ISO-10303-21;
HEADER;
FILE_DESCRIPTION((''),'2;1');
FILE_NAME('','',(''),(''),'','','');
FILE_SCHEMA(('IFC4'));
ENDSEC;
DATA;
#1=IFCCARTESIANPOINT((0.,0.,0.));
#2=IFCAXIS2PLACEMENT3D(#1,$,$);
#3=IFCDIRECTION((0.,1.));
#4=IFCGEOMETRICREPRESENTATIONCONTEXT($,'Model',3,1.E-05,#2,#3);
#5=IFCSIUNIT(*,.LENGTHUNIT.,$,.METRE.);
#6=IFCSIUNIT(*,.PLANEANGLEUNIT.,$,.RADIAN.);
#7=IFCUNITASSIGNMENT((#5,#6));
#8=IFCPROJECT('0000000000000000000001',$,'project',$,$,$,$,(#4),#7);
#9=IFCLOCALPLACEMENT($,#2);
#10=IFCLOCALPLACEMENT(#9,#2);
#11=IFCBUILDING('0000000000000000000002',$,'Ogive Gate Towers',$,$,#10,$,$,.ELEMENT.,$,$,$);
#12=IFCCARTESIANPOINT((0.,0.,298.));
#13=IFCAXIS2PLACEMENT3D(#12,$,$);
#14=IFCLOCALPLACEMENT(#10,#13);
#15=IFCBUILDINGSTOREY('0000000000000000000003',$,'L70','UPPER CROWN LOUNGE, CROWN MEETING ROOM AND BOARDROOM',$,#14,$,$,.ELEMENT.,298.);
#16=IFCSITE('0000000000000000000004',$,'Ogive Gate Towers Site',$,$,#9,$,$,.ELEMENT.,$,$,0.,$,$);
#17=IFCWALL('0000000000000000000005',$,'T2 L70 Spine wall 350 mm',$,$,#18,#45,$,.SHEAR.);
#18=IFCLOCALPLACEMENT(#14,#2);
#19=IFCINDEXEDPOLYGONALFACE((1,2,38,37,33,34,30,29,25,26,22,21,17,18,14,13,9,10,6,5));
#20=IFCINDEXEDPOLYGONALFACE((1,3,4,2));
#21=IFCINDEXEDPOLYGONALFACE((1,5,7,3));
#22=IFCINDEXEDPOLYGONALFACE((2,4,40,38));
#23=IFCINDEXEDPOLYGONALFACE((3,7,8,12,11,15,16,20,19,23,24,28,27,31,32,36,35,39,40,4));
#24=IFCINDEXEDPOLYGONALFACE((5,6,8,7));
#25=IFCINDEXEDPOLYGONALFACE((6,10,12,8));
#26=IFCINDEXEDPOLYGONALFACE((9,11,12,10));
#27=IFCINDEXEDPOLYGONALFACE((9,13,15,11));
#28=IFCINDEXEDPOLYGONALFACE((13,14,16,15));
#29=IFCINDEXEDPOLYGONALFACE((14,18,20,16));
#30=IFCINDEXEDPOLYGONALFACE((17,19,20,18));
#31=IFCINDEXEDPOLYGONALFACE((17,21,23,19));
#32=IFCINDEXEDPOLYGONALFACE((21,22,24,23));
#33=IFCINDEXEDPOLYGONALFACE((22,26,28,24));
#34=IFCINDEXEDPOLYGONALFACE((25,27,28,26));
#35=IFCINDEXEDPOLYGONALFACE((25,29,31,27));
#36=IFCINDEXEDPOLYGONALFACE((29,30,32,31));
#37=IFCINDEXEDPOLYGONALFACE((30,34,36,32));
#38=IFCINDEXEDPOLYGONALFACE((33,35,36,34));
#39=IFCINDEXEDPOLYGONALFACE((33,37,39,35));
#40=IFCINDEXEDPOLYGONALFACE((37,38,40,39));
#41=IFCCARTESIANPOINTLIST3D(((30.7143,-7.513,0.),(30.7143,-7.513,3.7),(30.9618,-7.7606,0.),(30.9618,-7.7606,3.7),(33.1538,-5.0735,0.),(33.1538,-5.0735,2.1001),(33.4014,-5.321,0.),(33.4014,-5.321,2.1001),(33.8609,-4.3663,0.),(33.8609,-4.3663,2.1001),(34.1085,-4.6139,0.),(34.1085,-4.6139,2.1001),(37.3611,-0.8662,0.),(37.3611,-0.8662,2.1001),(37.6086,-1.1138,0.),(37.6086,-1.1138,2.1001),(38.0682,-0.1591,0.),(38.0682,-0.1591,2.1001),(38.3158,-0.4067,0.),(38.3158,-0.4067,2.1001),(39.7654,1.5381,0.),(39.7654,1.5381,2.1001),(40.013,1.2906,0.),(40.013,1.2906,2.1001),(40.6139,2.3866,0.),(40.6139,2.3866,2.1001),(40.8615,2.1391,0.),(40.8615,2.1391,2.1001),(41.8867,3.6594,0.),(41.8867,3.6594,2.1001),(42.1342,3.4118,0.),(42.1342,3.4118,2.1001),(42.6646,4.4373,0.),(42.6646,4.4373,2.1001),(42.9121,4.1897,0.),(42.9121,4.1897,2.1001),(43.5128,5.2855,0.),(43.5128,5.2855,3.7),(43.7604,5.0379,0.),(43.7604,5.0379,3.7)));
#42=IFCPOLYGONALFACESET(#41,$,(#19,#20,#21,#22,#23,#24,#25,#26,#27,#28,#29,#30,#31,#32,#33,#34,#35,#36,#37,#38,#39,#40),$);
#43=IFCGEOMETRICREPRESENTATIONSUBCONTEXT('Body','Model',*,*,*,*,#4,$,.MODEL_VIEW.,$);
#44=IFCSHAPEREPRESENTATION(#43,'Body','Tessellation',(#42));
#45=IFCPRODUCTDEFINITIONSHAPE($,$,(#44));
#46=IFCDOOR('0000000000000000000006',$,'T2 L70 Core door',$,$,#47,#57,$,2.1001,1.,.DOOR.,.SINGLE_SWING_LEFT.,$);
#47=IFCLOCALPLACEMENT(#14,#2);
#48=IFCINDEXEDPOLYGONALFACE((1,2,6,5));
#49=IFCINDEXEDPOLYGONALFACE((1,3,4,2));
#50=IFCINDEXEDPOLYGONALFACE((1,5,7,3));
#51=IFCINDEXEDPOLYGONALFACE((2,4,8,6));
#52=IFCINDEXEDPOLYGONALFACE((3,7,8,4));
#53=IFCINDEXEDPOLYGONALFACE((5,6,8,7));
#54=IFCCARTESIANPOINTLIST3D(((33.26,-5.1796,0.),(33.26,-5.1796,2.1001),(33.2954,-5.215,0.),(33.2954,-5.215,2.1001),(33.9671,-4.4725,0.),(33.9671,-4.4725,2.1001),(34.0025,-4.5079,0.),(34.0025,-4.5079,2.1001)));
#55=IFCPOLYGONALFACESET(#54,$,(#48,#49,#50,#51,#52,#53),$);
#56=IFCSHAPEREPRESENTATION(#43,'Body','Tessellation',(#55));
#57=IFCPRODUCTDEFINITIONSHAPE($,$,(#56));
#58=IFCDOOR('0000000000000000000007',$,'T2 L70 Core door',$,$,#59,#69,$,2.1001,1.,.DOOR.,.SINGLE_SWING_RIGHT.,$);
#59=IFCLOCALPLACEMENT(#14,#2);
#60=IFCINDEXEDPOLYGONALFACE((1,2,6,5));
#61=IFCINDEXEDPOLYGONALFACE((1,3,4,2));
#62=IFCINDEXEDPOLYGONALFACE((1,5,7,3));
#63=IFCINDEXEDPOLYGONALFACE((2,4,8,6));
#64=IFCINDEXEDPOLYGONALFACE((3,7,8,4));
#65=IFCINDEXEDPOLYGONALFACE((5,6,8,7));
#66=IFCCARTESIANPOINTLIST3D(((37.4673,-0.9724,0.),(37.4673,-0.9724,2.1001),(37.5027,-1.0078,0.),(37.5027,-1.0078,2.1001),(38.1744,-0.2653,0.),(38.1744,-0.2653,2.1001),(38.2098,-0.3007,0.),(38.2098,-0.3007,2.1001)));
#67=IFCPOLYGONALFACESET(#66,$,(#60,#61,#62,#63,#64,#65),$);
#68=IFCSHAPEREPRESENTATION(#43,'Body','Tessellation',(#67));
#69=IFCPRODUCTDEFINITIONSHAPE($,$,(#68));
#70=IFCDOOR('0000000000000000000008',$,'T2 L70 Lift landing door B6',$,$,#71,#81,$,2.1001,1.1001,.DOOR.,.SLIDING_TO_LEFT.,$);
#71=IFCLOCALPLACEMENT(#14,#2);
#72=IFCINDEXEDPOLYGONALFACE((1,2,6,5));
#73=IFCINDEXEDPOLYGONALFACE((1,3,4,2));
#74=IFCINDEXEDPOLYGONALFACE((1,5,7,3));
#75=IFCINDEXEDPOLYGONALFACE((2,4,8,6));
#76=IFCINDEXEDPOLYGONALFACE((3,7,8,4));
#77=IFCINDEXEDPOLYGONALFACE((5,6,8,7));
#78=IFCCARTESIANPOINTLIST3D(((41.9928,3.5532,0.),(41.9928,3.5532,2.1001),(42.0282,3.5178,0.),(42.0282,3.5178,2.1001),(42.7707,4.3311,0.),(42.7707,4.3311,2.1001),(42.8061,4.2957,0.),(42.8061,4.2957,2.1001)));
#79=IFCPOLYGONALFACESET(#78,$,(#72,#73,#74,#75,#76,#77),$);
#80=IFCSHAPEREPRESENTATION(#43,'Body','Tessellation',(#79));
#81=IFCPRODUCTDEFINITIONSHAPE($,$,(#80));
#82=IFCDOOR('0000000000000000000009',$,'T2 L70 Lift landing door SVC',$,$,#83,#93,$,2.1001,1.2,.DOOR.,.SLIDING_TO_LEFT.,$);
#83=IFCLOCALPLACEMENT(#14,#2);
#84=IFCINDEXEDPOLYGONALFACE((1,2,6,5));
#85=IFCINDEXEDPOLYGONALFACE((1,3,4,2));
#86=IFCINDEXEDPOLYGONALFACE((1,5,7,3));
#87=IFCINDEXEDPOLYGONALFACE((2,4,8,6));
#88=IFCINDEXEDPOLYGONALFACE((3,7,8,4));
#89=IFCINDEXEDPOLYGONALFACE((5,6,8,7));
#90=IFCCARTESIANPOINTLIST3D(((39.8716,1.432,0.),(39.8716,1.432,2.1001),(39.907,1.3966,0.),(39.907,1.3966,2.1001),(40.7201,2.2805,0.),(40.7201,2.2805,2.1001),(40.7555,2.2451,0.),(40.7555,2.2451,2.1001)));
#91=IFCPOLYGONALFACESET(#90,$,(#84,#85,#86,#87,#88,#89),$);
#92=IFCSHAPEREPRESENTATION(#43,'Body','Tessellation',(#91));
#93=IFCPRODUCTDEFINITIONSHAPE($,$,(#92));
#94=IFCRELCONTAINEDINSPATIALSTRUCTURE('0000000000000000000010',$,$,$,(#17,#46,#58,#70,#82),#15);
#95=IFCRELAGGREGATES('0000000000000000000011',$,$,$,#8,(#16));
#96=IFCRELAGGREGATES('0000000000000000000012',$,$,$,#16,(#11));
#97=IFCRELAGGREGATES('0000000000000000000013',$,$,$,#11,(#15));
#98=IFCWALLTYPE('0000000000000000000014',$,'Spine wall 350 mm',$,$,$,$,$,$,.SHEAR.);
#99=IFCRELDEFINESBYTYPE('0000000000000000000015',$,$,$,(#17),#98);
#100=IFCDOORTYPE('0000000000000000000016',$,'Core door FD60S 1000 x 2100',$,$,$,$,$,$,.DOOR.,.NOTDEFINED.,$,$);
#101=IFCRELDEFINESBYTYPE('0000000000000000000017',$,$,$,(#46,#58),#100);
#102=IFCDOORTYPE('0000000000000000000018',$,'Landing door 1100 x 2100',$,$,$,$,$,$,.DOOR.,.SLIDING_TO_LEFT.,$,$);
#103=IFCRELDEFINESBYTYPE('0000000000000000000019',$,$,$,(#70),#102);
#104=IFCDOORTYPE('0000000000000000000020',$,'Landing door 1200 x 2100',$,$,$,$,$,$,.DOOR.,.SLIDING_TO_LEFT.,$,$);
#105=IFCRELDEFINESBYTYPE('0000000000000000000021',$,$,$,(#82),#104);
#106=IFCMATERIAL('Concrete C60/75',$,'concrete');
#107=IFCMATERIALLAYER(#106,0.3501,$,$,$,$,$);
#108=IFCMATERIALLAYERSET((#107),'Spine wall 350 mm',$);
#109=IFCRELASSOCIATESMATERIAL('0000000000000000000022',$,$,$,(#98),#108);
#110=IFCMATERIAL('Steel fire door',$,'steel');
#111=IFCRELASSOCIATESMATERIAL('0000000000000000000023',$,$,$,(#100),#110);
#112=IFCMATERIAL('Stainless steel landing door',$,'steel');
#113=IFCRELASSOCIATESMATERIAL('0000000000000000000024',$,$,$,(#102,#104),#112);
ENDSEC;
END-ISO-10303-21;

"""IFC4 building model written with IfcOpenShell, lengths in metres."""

from ifc_helpers import new_model, si_unit, direction, frame, frame_2d, origin, place, context, subcontext, project, spatial, rectangle, extrude, material, layer, layer_set, type_object, element, fill, save


model = new_model("IFC4")

# Units and contexts
model_context = context("Model", 3, precision=1e-05, world=origin(), true_north=direction((0.0, 1.0)))
body_context = subcontext(model_context, "Body", "Model", "MODEL_VIEW")
ifc_project = project(units=[si_unit("LENGTHUNIT", "METRE"), si_unit("PLANEANGLEUNIT", "RADIAN")], contexts=[model_context])

# Site, building, storey
site_placement = place(None, origin())
site = spatial("IfcSite", under=ifc_project, at=site_placement, Name="Ogive Gate Towers Site", CompositionType="ELEMENT", RefElevation=0.0)
building_placement = place(site_placement, origin())
building = spatial("IfcBuilding", under=site, at=building_placement, Name="Ogive Gate Towers", CompositionType="ELEMENT")
storey_placement = place(building_placement, frame((0.0, 0.0, 298.0)))
storey = spatial("IfcBuildingStorey", under=building, at=storey_placement, Name="L70", Description="UPPER CROWN LOUNGE, CROWN MEETING ROOM AND BOARDROOM", CompositionType="ELEMENT", Elevation=298.0)

# Shared definitions
ifc_material_1 = material(Name="Concrete C60/75", Category="concrete")

# Wall, openings, doors
ifc_layer_1 = layer(ifc_material_1, 0.3501)
ifc_layer_set_1 = layer_set([ifc_layer_1], Name="Spine wall 350 mm")
wall_type_1 = type_object("IfcWallType", Name="Spine wall 350 mm", PredefinedType="SHEAR", material=ifc_layer_set_1)
wall_1_placement = place(storey_placement, frame((30.8381, -7.6367, 0.0), z_axis=(0.0, 0.0, 1.0), x_axis=(0.707107, 0.707107, 0.0)))
wall_1 = element("IfcWall", 1, at=wall_1_placement, inside=storey, type_object=wall_type_1, Name="T2 L70 Spine wall 350 mm", PredefinedType="SHEAR", context=body_context, shape_type="SweptSolid", body=[
    extrude(rectangle(XDim=18.0999, YDim=0.3501, at=frame_2d((9.0498, 0.0))), origin(), (0.0, 0.0, 1.0), 3.7),
])
opening_1_placement = place(wall_1_placement, frame((12.8, 0.0, 0.0)))
opening_1 = element("IfcOpeningElement", 2, at=opening_1_placement, cuts=wall_1, PredefinedType="OPENING", context=body_context, shape_type="SweptSolid", body=[
    extrude(rectangle(XDim=1.2, YDim=2.1001, at=frame_2d((0.6001, 1.05))), frame((0.0, 0.1851, 0.0), z_axis=(0.0, -1.0, 0.0), x_axis=(1.0, 0.0, 0.0)), (0.0, 0.0, 1.0), 0.3701),
])
opening_2_placement = place(wall_1_placement, frame((15.8, 0.0, 0.0)))
opening_2 = element("IfcOpeningElement", 3, at=opening_2_placement, cuts=wall_1, PredefinedType="OPENING", context=body_context, shape_type="SweptSolid", body=[
    extrude(rectangle(XDim=1.1001, YDim=2.1001, at=frame_2d((0.55, 1.05))), frame((0.0, 0.1851, 0.0), z_axis=(0.0, -1.0, 0.0), x_axis=(1.0, 0.0, 0.0)), (0.0, 0.0, 1.0), 0.3701),
])
opening_3_placement = place(wall_1_placement, frame((3.45, 0.0, 0.0)))
opening_3 = element("IfcOpeningElement", 4, at=opening_3_placement, cuts=wall_1, PredefinedType="OPENING", context=body_context, shape_type="SweptSolid", body=[
    extrude(rectangle(XDim=1.0, YDim=2.1001, at=frame_2d((0.5, 1.05))), frame((0.0, 0.1851, 0.0), z_axis=(0.0, -1.0, 0.0), x_axis=(1.0, 0.0, 0.0)), (0.0, 0.0, 1.0), 0.3701),
])
opening_4_placement = place(wall_1_placement, frame((9.3999, 0.0, 0.0)))
opening_4 = element("IfcOpeningElement", 5, at=opening_4_placement, cuts=wall_1, PredefinedType="OPENING", context=body_context, shape_type="SweptSolid", body=[
    extrude(rectangle(XDim=1.0, YDim=2.1001, at=frame_2d((0.5, 1.05))), frame((0.0, 0.1851, 0.0), z_axis=(0.0, -1.0, 0.0), x_axis=(1.0, 0.0, 0.0)), (0.0, 0.0, 1.0), 0.3701),
])
ifc_material_2 = material(Name="Steel fire door", Category="steel")
door_type_1 = type_object("IfcDoorType", Name="Core door FD60S 1000 x 2100", OperationType="NOTDEFINED", PredefinedType="DOOR", material=ifc_material_2)
door_1_placement = place(opening_3_placement, origin())
door_1 = element("IfcDoor", 6, at=door_1_placement, inside=storey, type_object=door_type_1, Name="T2 L70 Core door", OperationType="SINGLE_SWING_LEFT", OverallHeight=2.1001, OverallWidth=1.0, PredefinedType="DOOR", context=body_context, shape_type="SweptSolid", body=[
    extrude(rectangle(XDim=1.0, YDim=2.1001, at=frame_2d((0.5, 1.05))), frame((0.0, 0.0249, 0.0), z_axis=(0.0, -1.0, 0.0), x_axis=(1.0, 0.0, 0.0)), (0.0, 0.0, 1.0), 0.05),
])
fill(opening_3, door_1)
door_2_placement = place(opening_4_placement, origin())
door_2 = element("IfcDoor", 7, at=door_2_placement, inside=storey, type_object=door_type_1, Name="T2 L70 Core door", OperationType="SINGLE_SWING_RIGHT", OverallHeight=2.1001, OverallWidth=1.0, PredefinedType="DOOR", context=body_context, shape_type="SweptSolid", body=[
    extrude(rectangle(XDim=1.0, YDim=2.1001, at=frame_2d((0.5, 1.05))), frame((0.0, 0.0249, 0.0), z_axis=(0.0, -1.0, 0.0), x_axis=(1.0, 0.0, 0.0)), (0.0, 0.0, 1.0), 0.05),
])
fill(opening_4, door_2)
ifc_material_3 = material(Name="Stainless steel landing door", Category="steel")
door_type_2 = type_object("IfcDoorType", Name="Landing door 1100 x 2100", OperationType="SLIDING_TO_LEFT", PredefinedType="DOOR", material=ifc_material_3)
door_3_placement = place(opening_2_placement, origin())
door_3 = element("IfcDoor", 8, at=door_3_placement, inside=storey, type_object=door_type_2, Name="T2 L70 Lift landing door B6", OperationType="SLIDING_TO_LEFT", OverallHeight=2.1001, OverallWidth=1.1001, PredefinedType="DOOR", context=body_context, shape_type="SweptSolid", body=[
    extrude(rectangle(XDim=1.1001, YDim=2.1001, at=frame_2d((0.55, 1.05))), frame((0.0, 0.0249, 0.0), z_axis=(0.0, -1.0, 0.0), x_axis=(1.0, 0.0, 0.0)), (0.0, 0.0, 1.0), 0.05),
])
fill(opening_2, door_3)
door_type_3 = type_object("IfcDoorType", Name="Landing door 1200 x 2100", OperationType="SLIDING_TO_LEFT", PredefinedType="DOOR", material=ifc_material_3)
door_4_placement = place(opening_1_placement, origin())
door_4 = element("IfcDoor", 9, at=door_4_placement, inside=storey, type_object=door_type_3, Name="T2 L70 Lift landing door SVC", OperationType="SLIDING_TO_LEFT", OverallHeight=2.1001, OverallWidth=1.2, PredefinedType="DOOR", context=body_context, shape_type="SweptSolid", body=[
    extrude(rectangle(XDim=1.2, YDim=2.1001, at=frame_2d((0.6001, 1.05))), frame((0.0, 0.0249, 0.0), z_axis=(0.0, -1.0, 0.0), x_axis=(1.0, 0.0, 0.0)), (0.0, 0.0, 1.0), 0.05),
])
fill(opening_1, door_4)

save(model, "model.ifc")
